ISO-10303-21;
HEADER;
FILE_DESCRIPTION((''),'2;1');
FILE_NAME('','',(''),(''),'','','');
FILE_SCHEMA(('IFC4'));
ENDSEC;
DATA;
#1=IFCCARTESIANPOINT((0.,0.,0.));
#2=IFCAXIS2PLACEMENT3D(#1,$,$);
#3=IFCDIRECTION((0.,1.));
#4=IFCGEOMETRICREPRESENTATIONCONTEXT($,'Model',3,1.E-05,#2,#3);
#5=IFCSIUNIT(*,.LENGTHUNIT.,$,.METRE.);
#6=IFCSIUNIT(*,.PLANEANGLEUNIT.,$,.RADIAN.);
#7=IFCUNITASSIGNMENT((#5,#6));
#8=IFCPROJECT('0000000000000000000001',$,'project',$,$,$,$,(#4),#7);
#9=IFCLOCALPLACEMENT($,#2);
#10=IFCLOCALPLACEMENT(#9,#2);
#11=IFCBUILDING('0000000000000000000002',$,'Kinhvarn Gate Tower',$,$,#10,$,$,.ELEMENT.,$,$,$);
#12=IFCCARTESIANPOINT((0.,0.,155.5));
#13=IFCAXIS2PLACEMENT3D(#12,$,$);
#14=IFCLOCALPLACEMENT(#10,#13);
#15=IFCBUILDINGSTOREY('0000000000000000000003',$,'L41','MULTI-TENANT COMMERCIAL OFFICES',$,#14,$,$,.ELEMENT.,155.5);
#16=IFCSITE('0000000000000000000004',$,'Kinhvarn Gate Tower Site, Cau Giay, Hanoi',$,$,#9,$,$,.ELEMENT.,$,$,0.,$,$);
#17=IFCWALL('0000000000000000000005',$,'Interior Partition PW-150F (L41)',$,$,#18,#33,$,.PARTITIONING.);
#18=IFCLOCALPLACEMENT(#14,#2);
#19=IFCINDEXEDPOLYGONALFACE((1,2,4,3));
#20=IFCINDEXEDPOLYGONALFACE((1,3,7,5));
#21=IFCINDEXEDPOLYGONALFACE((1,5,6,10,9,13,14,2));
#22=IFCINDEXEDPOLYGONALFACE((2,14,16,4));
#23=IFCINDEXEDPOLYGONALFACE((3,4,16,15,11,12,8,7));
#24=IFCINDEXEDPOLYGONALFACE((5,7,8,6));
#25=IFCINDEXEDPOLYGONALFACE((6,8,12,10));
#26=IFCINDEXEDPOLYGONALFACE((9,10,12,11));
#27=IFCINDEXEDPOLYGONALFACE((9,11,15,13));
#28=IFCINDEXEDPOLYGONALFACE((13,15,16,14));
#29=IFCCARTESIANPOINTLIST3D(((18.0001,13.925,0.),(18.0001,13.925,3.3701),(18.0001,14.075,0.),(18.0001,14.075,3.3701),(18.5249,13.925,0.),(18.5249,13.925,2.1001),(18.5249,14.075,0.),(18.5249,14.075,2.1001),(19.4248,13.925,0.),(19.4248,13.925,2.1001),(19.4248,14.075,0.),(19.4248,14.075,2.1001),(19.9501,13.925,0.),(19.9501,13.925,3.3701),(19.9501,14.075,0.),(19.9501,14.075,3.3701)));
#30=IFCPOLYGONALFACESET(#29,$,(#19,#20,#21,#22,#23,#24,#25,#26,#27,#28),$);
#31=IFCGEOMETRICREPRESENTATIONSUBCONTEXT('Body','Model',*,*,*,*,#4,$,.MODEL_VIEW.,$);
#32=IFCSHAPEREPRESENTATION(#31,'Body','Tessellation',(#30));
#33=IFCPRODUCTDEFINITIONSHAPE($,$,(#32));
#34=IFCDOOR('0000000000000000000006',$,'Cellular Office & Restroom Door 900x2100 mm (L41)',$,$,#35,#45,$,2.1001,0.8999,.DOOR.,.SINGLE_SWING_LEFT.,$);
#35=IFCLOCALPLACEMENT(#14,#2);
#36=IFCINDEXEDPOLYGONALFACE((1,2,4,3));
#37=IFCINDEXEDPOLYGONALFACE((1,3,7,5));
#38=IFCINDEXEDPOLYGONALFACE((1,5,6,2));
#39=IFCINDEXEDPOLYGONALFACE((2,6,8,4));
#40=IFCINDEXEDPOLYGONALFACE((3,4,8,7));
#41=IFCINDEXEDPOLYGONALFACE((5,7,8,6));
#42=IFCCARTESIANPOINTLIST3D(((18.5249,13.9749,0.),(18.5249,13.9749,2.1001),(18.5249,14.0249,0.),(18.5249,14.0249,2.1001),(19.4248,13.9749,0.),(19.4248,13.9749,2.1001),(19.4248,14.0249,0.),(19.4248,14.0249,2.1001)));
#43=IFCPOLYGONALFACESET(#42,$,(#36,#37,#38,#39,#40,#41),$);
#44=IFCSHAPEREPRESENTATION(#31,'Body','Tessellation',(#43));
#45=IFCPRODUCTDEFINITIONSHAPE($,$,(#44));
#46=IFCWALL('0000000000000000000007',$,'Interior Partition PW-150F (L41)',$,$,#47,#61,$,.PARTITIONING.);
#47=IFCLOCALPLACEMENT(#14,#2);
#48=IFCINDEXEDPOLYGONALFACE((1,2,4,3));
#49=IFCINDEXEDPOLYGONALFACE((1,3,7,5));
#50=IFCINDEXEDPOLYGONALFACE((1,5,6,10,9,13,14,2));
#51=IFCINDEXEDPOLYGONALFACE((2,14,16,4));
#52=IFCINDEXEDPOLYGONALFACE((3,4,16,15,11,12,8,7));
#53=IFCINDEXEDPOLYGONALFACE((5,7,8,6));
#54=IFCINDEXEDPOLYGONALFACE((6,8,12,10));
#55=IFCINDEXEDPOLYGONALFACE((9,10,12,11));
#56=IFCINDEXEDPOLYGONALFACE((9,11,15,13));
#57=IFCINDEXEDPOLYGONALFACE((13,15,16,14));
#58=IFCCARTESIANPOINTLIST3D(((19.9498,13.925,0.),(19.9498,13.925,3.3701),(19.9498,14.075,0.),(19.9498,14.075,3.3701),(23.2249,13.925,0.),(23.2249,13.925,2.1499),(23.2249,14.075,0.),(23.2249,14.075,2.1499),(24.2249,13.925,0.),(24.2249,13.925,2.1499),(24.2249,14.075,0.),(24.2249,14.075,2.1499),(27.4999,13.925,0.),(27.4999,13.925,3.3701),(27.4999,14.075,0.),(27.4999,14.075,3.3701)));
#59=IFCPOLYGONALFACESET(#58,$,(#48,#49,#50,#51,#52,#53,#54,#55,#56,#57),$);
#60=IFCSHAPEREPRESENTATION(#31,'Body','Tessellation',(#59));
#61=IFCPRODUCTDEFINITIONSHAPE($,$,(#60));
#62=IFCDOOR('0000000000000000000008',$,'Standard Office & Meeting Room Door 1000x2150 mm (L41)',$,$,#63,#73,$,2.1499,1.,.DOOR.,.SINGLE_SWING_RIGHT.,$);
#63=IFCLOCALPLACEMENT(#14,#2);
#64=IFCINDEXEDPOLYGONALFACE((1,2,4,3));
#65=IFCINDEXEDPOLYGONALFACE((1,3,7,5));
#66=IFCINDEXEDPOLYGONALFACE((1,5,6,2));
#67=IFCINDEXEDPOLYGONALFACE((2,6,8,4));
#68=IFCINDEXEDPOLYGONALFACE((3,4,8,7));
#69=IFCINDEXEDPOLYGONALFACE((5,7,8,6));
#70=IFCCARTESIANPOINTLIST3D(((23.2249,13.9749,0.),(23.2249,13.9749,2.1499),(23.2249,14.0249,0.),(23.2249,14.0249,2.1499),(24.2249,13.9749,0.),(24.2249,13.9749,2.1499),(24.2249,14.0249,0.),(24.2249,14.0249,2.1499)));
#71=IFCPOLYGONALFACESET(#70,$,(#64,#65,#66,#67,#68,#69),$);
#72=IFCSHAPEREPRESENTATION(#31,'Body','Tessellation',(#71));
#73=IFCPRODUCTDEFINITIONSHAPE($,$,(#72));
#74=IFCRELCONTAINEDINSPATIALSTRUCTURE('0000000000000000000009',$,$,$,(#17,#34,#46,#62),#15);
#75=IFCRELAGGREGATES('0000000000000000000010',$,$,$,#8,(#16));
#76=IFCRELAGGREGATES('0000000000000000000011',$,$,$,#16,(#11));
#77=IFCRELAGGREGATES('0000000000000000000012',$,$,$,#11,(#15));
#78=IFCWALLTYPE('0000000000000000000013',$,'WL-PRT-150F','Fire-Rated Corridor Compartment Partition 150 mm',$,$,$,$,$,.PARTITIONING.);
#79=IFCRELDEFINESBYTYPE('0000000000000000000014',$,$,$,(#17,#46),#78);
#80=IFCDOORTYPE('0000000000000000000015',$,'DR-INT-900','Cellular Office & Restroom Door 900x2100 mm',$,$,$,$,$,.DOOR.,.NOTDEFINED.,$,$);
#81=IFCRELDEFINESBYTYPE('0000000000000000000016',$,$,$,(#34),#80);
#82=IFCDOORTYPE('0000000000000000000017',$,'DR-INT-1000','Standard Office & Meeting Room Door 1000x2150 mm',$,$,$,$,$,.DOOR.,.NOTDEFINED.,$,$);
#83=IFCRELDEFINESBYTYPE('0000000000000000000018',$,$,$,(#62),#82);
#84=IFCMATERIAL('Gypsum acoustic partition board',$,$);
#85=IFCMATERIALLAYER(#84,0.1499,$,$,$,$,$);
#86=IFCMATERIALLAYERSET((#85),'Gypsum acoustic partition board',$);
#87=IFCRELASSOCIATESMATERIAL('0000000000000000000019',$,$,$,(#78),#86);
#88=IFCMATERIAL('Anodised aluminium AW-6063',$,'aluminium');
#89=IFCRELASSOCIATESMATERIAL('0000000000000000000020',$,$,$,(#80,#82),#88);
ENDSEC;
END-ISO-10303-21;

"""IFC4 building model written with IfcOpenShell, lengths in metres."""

from ifc_helpers import new_model, si_unit, direction, frame, frame_2d, origin, place, context, subcontext, project, spatial, rectangle, extrude, material, layer, layer_set, type_object, element, fill, save


model = new_model("IFC4")

# Units and contexts
model_context = context("Model", 3, precision=1e-05, world=origin(), true_north=direction((0.0, 1.0)))
body_context = subcontext(model_context, "Body", "Model", "MODEL_VIEW")
ifc_project = project(units=[si_unit("LENGTHUNIT", "METRE"), si_unit("PLANEANGLEUNIT", "RADIAN")], contexts=[model_context])

# Site, building, storey
site_placement = place(None, origin())
site = spatial("IfcSite", under=ifc_project, at=site_placement, Name="Kinhvarn Gate Tower Site, Cau Giay, Hanoi", CompositionType="ELEMENT", RefElevation=0.0)
building_placement = place(site_placement, origin())
building = spatial("IfcBuilding", under=site, at=building_placement, Name="Kinhvarn Gate Tower", CompositionType="ELEMENT")
storey_placement = place(building_placement, frame((0.0, 0.0, 155.5)))
storey = spatial("IfcBuildingStorey", under=building, at=storey_placement, Name="L41", Description="MULTI-TENANT COMMERCIAL OFFICES", CompositionType="ELEMENT", Elevation=155.5)

# Shared definitions
ifc_material_1 = material(Name="Anodised aluminium AW-6063", Category="aluminium")

# Shared definitions
ifc_material_2 = material(Name="Gypsum acoustic partition board")

# Walls, openings, doors
ifc_layer_1 = layer(ifc_material_2, 0.1499)
ifc_layer_set_1 = layer_set([ifc_layer_1], Name="Gypsum acoustic partition board")
wall_type_1 = type_object("IfcWallType", Name="WL-PRT-150F", Description="Fire-Rated Corridor Compartment Partition 150 mm", PredefinedType="PARTITIONING", material=ifc_layer_set_1)
wall_1_placement = place(storey_placement, frame((18.0, 14.0, 0.0), z_axis=(0.0, 0.0, 1.0), x_axis=(1.0, 0.0, 0.0)))
wall_1 = element("IfcWall", 1, at=wall_1_placement, inside=storey, type_object=wall_type_1, Name="Interior Partition PW-150F (L41)", PredefinedType="PARTITIONING", context=body_context, shape_type="SweptSolid", body=[
    extrude(rectangle(XDim=1.95, YDim=0.1499, at=frame_2d((0.9751, 0.0))), origin(), (0.0, 0.0, 1.0), 3.3701),
])
opening_1_placement = place(wall_1_placement, frame((0.5249, 0.0, 0.0)))
opening_1 = element("IfcOpeningElement", 2, at=opening_1_placement, cuts=wall_1, PredefinedType="OPENING", context=body_context, shape_type="SweptSolid", body=[
    extrude(rectangle(XDim=0.8999, YDim=2.1001, at=frame_2d((0.45, 1.05))), frame((0.0, 0.085, 0.0), z_axis=(0.0, -1.0, 0.0), x_axis=(1.0, 0.0, 0.0)), (0.0, 0.0, 1.0), 0.1699),
])
door_type_1 = type_object("IfcDoorType", Name="DR-INT-900", Description="Cellular Office & Restroom Door 900x2100 mm", OperationType="NOTDEFINED", PredefinedType="DOOR", material=ifc_material_1)
door_1_placement = place(opening_1_placement, origin())
door_1 = element("IfcDoor", 3, at=door_1_placement, inside=storey, type_object=door_type_1, Name="Cellular Office & Restroom Door 900x2100 mm (L41)", OperationType="SINGLE_SWING_LEFT", OverallHeight=2.1001, OverallWidth=0.8999, PredefinedType="DOOR", context=body_context, shape_type="SweptSolid", body=[
    extrude(rectangle(XDim=0.8999, YDim=2.1001, at=frame_2d((0.45, 1.05))), frame((0.0, 0.0249, 0.0), z_axis=(0.0, -1.0, 0.0), x_axis=(1.0, 0.0, 0.0)), (0.0, 0.0, 1.0), 0.05),
])
fill(opening_1, door_1)
wall_2_placement = place(storey_placement, frame((19.95, 14.0, 0.0), z_axis=(0.0, 0.0, 1.0), x_axis=(1.0, 0.0, 0.0)))
wall_2 = element("IfcWall", 4, at=wall_2_placement, inside=storey, type_object=wall_type_1, Name="Interior Partition PW-150F (L41)", PredefinedType="PARTITIONING", context=body_context, shape_type="SweptSolid", body=[
    extrude(rectangle(XDim=7.55, YDim=0.1499, at=frame_2d((3.7749, 0.0))), origin(), (0.0, 0.0, 1.0), 3.3701),
])
opening_2_placement = place(wall_2_placement, frame((3.2749, 0.0, 0.0)))
opening_2 = element("IfcOpeningElement", 5, at=opening_2_placement, cuts=wall_2, PredefinedType="OPENING", context=body_context, shape_type="SweptSolid", body=[
    extrude(rectangle(XDim=1.0, YDim=2.1499, at=frame_2d((0.5, 1.075))), frame((0.0, 0.085, 0.0), z_axis=(0.0, -1.0, 0.0), x_axis=(1.0, 0.0, 0.0)), (0.0, 0.0, 1.0), 0.1699),
])
door_type_2 = type_object("IfcDoorType", Name="DR-INT-1000", Description="Standard Office & Meeting Room Door 1000x2150 mm", OperationType="NOTDEFINED", PredefinedType="DOOR", material=ifc_material_1)
door_2_placement = place(opening_2_placement, origin())
door_2 = element("IfcDoor", 6, at=door_2_placement, inside=storey, type_object=door_type_2, Name="Standard Office & Meeting Room Door 1000x2150 mm (L41)", OperationType="SINGLE_SWING_RIGHT", OverallHeight=2.1499, OverallWidth=1.0, PredefinedType="DOOR", context=body_context, shape_type="SweptSolid", body=[
    extrude(rectangle(XDim=1.0, YDim=2.1499, at=frame_2d((0.5, 1.075))), frame((0.0, 0.0249, 0.0), z_axis=(0.0, -1.0, 0.0), x_axis=(1.0, 0.0, 0.0)), (0.0, 0.0, 1.0), 0.05),
])
fill(opening_2, door_2)

save(model, "model.ifc")
